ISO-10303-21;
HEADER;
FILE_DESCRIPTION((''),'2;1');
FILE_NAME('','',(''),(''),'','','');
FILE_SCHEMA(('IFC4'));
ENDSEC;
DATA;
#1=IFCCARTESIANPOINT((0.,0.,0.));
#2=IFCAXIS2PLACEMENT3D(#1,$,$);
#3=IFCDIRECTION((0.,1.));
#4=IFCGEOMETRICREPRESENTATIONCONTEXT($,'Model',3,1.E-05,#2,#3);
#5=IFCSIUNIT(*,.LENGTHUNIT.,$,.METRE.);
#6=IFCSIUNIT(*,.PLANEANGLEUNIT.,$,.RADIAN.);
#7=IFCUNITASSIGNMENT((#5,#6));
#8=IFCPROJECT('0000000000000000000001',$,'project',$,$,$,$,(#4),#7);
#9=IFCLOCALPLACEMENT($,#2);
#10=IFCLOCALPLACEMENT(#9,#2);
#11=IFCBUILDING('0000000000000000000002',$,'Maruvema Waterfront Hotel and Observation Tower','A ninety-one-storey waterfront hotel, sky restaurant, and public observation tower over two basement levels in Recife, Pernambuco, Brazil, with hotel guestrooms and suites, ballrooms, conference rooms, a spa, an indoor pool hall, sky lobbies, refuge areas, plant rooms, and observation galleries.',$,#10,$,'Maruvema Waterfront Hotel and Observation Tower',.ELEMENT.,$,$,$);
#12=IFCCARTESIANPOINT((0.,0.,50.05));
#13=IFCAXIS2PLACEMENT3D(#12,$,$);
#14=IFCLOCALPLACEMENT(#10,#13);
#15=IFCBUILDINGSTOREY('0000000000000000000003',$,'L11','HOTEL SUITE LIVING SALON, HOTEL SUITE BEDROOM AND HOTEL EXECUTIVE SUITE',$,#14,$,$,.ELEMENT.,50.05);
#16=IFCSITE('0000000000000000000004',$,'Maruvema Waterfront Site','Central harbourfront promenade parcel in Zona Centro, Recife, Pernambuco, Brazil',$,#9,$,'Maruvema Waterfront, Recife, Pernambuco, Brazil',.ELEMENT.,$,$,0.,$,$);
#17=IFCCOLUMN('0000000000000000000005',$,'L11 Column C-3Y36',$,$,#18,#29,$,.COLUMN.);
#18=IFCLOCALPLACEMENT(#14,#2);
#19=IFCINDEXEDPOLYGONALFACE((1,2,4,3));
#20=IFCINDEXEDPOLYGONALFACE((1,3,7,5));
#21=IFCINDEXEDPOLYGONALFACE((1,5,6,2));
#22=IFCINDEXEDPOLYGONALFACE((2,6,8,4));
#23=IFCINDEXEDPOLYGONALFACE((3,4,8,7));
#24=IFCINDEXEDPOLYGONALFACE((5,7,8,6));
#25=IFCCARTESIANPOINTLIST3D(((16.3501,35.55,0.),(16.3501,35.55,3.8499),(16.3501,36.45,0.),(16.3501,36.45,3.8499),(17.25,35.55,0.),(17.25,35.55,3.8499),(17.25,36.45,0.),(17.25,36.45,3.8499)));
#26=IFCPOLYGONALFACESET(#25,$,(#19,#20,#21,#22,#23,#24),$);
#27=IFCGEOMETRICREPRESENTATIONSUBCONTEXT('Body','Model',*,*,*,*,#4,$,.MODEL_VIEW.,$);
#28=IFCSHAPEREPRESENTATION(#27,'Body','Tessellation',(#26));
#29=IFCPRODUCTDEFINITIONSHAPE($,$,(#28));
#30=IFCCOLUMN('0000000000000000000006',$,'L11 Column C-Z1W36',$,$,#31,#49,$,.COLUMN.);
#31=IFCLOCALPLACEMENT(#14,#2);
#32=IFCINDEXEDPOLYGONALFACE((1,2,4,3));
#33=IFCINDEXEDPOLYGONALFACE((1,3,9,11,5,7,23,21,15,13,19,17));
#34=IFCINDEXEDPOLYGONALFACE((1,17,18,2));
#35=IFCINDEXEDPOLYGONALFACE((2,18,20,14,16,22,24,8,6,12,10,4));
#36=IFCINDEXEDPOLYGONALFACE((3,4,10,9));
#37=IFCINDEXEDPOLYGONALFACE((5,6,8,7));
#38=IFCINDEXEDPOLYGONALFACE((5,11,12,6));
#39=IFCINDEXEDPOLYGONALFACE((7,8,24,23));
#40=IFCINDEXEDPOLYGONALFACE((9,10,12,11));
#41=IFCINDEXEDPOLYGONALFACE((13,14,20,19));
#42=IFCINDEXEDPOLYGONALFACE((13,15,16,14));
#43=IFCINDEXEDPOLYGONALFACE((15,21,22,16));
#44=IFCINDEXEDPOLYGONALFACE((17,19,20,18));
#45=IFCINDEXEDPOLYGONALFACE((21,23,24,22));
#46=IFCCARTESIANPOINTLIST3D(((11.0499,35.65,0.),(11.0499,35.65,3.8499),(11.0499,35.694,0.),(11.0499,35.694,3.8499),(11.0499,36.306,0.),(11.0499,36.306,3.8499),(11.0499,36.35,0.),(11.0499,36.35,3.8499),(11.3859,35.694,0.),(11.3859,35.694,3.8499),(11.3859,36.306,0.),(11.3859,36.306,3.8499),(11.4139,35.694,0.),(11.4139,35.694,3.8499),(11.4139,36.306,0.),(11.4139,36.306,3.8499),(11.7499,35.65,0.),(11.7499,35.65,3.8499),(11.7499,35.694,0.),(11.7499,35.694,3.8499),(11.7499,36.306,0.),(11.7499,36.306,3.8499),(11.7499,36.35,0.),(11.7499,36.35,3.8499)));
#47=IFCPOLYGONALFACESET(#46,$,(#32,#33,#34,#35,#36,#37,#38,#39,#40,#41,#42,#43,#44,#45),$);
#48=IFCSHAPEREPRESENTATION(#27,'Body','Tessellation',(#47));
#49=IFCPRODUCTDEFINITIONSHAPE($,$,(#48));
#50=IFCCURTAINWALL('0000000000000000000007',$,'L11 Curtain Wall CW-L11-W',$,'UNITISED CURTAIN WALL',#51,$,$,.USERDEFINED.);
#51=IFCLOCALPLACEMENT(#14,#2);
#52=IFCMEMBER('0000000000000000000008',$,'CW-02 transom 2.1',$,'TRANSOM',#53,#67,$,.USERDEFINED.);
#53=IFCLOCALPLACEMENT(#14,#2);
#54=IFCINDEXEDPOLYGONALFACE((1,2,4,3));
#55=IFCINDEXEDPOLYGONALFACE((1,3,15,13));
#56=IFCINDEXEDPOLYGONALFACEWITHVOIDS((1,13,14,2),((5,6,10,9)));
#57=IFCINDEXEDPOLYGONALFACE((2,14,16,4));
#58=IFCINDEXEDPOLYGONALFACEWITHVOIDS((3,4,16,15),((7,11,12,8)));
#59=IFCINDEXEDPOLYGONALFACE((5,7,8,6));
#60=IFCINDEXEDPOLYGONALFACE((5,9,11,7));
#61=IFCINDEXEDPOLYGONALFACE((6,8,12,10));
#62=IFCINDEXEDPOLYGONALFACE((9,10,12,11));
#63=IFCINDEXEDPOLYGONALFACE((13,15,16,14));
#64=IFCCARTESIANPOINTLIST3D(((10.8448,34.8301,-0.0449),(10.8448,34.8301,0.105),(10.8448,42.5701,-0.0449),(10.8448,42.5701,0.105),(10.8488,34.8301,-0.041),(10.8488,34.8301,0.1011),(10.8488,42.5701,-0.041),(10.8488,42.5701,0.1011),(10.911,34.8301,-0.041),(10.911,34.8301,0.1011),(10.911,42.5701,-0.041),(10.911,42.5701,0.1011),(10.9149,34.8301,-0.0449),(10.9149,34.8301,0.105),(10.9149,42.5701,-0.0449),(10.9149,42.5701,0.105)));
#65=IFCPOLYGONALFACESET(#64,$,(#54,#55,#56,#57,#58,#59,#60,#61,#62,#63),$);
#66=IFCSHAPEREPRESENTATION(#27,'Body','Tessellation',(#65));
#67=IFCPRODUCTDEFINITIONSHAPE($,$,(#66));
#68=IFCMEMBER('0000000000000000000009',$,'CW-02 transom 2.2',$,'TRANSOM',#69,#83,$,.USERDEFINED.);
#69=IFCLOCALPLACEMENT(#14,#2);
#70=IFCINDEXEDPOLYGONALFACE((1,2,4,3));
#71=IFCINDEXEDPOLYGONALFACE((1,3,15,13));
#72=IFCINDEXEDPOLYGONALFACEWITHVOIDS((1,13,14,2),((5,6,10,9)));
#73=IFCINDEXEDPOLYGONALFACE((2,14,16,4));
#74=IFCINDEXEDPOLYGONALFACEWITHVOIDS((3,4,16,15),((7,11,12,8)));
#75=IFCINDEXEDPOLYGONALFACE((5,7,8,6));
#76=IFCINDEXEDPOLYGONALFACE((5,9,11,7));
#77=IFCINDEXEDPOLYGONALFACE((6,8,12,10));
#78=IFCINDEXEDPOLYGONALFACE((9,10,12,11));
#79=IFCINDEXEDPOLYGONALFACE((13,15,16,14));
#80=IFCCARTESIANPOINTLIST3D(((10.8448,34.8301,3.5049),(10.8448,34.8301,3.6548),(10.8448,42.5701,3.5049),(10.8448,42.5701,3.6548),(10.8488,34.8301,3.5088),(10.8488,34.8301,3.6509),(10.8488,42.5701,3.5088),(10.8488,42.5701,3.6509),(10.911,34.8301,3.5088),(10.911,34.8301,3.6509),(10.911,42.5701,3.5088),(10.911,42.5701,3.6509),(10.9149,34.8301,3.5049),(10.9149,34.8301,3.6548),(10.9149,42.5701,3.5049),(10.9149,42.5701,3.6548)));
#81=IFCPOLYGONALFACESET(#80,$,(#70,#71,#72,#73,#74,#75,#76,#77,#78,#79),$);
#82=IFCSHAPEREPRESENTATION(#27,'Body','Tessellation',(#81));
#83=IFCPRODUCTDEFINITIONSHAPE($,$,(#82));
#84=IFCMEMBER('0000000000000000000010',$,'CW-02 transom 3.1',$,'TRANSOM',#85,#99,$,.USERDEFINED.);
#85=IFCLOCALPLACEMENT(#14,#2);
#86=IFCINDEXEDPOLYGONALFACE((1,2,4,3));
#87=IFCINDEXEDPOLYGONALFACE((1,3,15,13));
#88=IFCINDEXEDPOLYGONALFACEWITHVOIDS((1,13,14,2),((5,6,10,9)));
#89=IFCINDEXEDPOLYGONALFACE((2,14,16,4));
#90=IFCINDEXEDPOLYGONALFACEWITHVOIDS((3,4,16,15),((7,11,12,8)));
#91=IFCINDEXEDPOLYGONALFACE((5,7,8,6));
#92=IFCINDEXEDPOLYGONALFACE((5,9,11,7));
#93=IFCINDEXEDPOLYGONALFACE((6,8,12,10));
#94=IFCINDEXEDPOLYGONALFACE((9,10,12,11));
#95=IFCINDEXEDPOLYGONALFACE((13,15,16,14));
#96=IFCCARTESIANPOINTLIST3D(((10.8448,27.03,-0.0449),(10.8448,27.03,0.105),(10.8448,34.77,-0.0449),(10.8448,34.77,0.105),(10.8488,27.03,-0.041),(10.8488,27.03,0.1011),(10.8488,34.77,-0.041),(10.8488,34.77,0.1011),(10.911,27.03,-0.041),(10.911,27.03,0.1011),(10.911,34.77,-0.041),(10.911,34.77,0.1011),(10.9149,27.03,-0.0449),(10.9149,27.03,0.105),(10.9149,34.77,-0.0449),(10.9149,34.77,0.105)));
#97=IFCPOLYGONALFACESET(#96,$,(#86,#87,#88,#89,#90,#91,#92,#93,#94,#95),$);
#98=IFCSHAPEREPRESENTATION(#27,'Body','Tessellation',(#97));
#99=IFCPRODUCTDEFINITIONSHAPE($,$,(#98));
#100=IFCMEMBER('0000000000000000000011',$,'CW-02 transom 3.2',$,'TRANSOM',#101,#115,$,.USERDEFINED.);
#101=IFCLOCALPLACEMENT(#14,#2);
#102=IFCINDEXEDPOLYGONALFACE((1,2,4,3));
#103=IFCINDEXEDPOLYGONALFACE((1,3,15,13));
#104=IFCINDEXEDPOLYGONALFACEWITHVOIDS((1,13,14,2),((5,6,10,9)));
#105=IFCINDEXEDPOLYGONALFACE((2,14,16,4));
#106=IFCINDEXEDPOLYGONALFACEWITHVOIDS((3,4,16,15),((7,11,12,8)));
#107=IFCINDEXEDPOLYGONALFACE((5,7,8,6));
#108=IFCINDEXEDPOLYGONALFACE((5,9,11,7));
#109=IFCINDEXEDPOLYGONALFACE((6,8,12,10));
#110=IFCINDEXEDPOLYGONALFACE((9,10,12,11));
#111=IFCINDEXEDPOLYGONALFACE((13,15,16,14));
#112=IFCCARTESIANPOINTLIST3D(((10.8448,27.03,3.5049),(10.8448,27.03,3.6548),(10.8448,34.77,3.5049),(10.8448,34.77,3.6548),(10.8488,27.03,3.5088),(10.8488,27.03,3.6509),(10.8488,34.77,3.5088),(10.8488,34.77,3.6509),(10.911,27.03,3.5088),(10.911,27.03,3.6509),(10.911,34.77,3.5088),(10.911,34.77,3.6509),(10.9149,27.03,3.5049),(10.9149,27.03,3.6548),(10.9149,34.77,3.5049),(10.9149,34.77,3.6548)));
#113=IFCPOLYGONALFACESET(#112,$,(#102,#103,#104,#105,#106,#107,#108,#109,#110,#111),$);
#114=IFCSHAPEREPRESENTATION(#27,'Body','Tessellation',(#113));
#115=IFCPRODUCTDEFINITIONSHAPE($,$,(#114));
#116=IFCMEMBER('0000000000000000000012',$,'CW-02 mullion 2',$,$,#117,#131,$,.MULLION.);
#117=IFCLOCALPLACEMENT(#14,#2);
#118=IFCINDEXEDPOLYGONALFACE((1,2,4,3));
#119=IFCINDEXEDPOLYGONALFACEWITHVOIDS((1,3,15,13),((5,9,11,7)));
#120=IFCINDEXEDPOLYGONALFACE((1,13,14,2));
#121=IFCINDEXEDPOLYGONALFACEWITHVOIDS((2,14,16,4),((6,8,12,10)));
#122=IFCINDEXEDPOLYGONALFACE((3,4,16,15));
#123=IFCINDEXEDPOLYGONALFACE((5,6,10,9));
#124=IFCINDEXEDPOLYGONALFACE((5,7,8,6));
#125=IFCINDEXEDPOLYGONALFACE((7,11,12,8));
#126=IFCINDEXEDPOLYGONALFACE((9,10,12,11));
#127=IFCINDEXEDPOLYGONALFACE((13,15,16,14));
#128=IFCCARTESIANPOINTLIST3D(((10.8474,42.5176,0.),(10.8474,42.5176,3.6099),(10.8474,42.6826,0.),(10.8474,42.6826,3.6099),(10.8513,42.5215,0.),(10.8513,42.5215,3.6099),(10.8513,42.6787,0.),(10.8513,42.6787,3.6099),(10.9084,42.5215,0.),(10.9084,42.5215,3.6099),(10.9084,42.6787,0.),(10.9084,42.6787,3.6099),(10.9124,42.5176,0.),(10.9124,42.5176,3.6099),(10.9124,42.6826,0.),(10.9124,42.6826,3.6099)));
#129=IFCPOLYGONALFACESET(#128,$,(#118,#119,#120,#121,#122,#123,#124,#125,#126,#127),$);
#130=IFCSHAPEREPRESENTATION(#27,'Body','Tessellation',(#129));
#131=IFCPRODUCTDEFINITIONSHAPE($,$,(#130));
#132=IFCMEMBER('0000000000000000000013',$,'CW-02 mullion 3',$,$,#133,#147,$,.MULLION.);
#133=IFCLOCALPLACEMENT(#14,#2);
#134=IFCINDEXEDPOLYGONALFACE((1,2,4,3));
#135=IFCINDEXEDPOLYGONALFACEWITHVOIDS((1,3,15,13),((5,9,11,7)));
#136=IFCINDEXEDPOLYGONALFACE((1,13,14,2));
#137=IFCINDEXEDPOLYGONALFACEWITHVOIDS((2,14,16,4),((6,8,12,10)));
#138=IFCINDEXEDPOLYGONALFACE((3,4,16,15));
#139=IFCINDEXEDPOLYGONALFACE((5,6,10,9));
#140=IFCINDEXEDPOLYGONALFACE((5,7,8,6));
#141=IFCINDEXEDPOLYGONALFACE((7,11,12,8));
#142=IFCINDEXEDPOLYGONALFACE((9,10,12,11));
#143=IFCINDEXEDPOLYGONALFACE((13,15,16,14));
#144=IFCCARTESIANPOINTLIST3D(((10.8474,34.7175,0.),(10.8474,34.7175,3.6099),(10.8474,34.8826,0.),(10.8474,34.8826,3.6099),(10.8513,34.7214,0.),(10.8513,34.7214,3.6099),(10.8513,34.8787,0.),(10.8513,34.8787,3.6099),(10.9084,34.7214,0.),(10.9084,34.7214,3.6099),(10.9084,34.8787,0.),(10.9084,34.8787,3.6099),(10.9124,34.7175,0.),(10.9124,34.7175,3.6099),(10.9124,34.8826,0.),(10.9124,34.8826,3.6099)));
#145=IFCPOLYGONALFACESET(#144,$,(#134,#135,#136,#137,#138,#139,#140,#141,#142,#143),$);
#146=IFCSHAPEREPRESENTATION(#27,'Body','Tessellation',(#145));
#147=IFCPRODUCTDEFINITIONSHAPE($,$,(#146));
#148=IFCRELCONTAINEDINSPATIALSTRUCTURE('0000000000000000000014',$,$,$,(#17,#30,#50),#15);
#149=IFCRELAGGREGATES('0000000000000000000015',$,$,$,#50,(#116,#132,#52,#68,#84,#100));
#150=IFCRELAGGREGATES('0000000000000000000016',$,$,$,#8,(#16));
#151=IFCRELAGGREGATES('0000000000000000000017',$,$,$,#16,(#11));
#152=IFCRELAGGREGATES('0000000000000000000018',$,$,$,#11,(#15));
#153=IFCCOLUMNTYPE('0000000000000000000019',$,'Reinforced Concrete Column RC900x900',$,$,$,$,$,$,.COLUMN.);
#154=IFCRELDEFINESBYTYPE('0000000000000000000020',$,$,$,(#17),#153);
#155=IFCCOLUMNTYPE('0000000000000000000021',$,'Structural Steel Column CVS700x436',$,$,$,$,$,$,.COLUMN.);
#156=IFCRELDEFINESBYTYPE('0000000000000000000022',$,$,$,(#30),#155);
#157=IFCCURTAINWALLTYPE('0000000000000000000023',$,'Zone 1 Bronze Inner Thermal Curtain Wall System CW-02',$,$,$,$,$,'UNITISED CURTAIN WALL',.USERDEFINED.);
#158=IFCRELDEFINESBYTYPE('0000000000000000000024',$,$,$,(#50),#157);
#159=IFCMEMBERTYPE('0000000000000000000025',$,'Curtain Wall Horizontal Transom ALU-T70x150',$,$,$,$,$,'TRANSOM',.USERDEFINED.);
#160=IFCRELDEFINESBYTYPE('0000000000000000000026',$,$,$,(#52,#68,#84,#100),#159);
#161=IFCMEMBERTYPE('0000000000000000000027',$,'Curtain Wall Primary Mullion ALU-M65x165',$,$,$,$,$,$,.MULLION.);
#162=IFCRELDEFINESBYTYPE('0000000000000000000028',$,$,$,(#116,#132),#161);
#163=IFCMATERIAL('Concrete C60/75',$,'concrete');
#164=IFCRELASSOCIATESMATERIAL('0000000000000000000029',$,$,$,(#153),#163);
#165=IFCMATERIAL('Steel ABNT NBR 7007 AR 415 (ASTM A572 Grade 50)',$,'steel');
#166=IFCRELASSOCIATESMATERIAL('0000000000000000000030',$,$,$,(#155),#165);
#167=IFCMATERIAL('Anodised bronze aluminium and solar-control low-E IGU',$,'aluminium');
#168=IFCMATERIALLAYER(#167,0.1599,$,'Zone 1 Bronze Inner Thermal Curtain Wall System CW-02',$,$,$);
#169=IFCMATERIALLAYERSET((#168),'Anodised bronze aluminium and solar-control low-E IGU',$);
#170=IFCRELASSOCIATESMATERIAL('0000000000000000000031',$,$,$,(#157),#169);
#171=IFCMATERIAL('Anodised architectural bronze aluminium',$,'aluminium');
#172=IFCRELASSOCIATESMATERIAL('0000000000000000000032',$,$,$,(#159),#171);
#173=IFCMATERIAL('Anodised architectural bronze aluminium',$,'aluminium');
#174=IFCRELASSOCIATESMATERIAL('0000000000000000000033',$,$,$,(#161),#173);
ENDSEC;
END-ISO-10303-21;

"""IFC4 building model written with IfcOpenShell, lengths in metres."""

from ifc_helpers import new_model, si_unit, direction, frame, origin, origin_2d, place, context, subcontext, project, spatial, rectangle, hollow_rectangle, i_section, extrude, material, layer, layer_set, material_profile, profile_set, type_object, element, aggregate, save


model = new_model("IFC4")

# Units and contexts
model_context = context("Model", 3, precision=1e-05, world=origin(), true_north=direction((0.0, 1.0)))
body_context = subcontext(model_context, "Body", "Model", "MODEL_VIEW")
ifc_project = project(units=[si_unit("LENGTHUNIT", "METRE"), si_unit("PLANEANGLEUNIT", "RADIAN")], contexts=[model_context])

# Site, building, storey
site_placement = place(None, origin())
site = spatial("IfcSite", under=ifc_project, at=site_placement, Name="Maruvema Waterfront Site", Description="Central harbourfront promenade parcel in Zona Centro, Recife, Pernambuco, Brazil", LongName="Maruvema Waterfront, Recife, Pernambuco, Brazil", CompositionType="ELEMENT", RefElevation=0.0)
building_placement = place(site_placement, origin())
building = spatial("IfcBuilding", under=site, at=building_placement, Name="Maruvema Waterfront Hotel and Observation Tower", Description="A ninety-one-storey waterfront hotel, sky restaurant, and public observation tower over two basement levels in Recife, Pernambuco, Brazil, with hotel guestrooms and suites, ballrooms, conference rooms, a spa, an indoor pool hall, sky lobbies, refuge areas, plant rooms, and observation galleries.", LongName="Maruvema Waterfront Hotel and Observation Tower", CompositionType="ELEMENT")
storey_placement = place(building_placement, frame((0.0, 0.0, 50.05)))
storey = spatial("IfcBuildingStorey", under=building, at=storey_placement, Name="L11", Description="HOTEL SUITE LIVING SALON, HOTEL SUITE BEDROOM AND HOTEL EXECUTIVE SUITE", CompositionType="ELEMENT", Elevation=50.05)

# Columns
ifc_material_1 = material(Name="Concrete C60/75", Category="concrete")
ifc_material_profile_1 = material_profile(ifc_material_1, rectangle(XDim=0.8999, YDim=0.8999, at=origin_2d()), Name="RC900x900")
ifc_profile_set_1 = profile_set([ifc_material_profile_1], Name="Concrete C60/75")
column_type_1 = type_object("IfcColumnType", Name="Reinforced Concrete Column RC900x900", PredefinedType="COLUMN", material=ifc_profile_set_1)
column_1_placement = place(storey_placement, frame((16.8, 36.0, 0.0), z_axis=(0.0, 0.0, 1.0), x_axis=(1.0, 0.0, 0.0)))
element("IfcColumn", 1, at=column_1_placement, inside=storey, type_object=column_type_1, Name="L11 Column C-3Y36", PredefinedType="COLUMN", context=body_context, shape_type="SweptSolid", body=[
    extrude(rectangle(XDim=0.8999, YDim=0.8999, at=origin_2d()), origin(), (0.0, 0.0, 1.0), 3.8499),
])
ifc_material_2 = material(Name="Steel ABNT NBR 7007 AR 415 (ASTM A572 Grade 50)", Category="steel")
ifc_material_profile_2 = material_profile(ifc_material_2, i_section(OverallWidth=0.7, OverallDepth=0.7, WebThickness=0.0281, FlangeThickness=0.0439, at=origin_2d()), Name="CVS700x436")
ifc_profile_set_2 = profile_set([ifc_material_profile_2], Name="Steel ABNT NBR 7007 AR 415 (ASTM A572 Grade 50)")
column_type_2 = type_object("IfcColumnType", Name="Structural Steel Column CVS700x436", PredefinedType="COLUMN", material=ifc_profile_set_2)
column_2_placement = place(storey_placement, frame((11.3999, 36.0, 0.0), z_axis=(0.0, 0.0, 1.0), x_axis=(1.0, 0.0, 0.0)))
element("IfcColumn", 2, at=column_2_placement, inside=storey, type_object=column_type_2, Name="L11 Column C-Z1W36", PredefinedType="COLUMN", context=body_context, shape_type="SweptSolid", body=[
    extrude(i_section(OverallWidth=0.7, OverallDepth=0.7, WebThickness=0.0281, FlangeThickness=0.0439, at=origin_2d()), origin(), (0.0, 0.0, 1.0), 3.8499),
])

# Curtain wall, members
ifc_material_3 = material(Name="Anodised bronze aluminium and solar-control low-E IGU", Category="aluminium")
ifc_layer_1 = layer(ifc_material_3, 0.1599, Name="Zone 1 Bronze Inner Thermal Curtain Wall System CW-02")
ifc_layer_set_1 = layer_set([ifc_layer_1], Name="Anodised bronze aluminium and solar-control low-E IGU")
curtain_wall_type = type_object("IfcCurtainWallType", Name="Zone 1 Bronze Inner Thermal Curtain Wall System CW-02", ElementType="UNITISED CURTAIN WALL", PredefinedType="USERDEFINED", material=ifc_layer_set_1)
curtain_wall_placement = place(storey_placement, origin())
curtain_wall = element("IfcCurtainWall", 3, at=curtain_wall_placement, inside=storey, type_object=curtain_wall_type, Name="L11 Curtain Wall CW-L11-W", ObjectType="UNITISED CURTAIN WALL", PredefinedType="USERDEFINED")
ifc_material_4 = material(Name="Anodised architectural bronze aluminium", Category="aluminium")
ifc_material_profile_3 = material_profile(ifc_material_4, hollow_rectangle(XDim=0.0701, YDim=0.1499, WallThickness=0.0039, at=origin_2d()), Name="ALU-T70x150")
ifc_profile_set_3 = profile_set([ifc_material_profile_3], Name="Anodised architectural bronze aluminium")
member_type_1 = type_object("IfcMemberType", Name="Curtain Wall Horizontal Transom ALU-T70x150", ElementType="TRANSOM", PredefinedType="USERDEFINED", material=ifc_profile_set_3)
member_1_placement = place(storey_placement, frame((10.8799, 42.5701, 0.03), z_axis=(0.0, -1.0, 0.0), x_axis=(1.0, 0.0, 0.0)))
member_1 = element("IfcMember", 4, at=member_1_placement, type_object=member_type_1, Name="CW-02 transom 2.1", ObjectType="TRANSOM", PredefinedType="USERDEFINED", context=body_context, shape_type="SweptSolid", body=[
    extrude(hollow_rectangle(XDim=0.0701, YDim=0.1499, WallThickness=0.0039, at=origin_2d()), origin(), (0.0, 0.0, 1.0), 7.74),
])
member_2_placement = place(storey_placement, frame((10.8799, 42.5701, 3.5798), z_axis=(0.0, -1.0, 0.0), x_axis=(1.0, 0.0, 0.0)))
member_2 = element("IfcMember", 5, at=member_2_placement, type_object=member_type_1, Name="CW-02 transom 2.2", ObjectType="TRANSOM", PredefinedType="USERDEFINED", context=body_context, shape_type="SweptSolid", body=[
    extrude(hollow_rectangle(XDim=0.0701, YDim=0.1499, WallThickness=0.0039, at=origin_2d()), origin(), (0.0, 0.0, 1.0), 7.74),
])
member_3_placement = place(storey_placement, frame((10.8799, 34.77, 0.03), z_axis=(0.0, -1.0, 0.0), x_axis=(1.0, 0.0, 0.0)))
member_3 = element("IfcMember", 6, at=member_3_placement, type_object=member_type_1, Name="CW-02 transom 3.1", ObjectType="TRANSOM", PredefinedType="USERDEFINED", context=body_context, shape_type="SweptSolid", body=[
    extrude(hollow_rectangle(XDim=0.0701, YDim=0.1499, WallThickness=0.0039, at=origin_2d()), origin(), (0.0, 0.0, 1.0), 7.74),
])
member_4_placement = place(storey_placement, frame((10.8799, 34.77, 3.5798), z_axis=(0.0, -1.0, 0.0), x_axis=(1.0, 0.0, 0.0)))
member_4 = element("IfcMember", 7, at=member_4_placement, type_object=member_type_1, Name="CW-02 transom 3.2", ObjectType="TRANSOM", PredefinedType="USERDEFINED", context=body_context, shape_type="SweptSolid", body=[
    extrude(hollow_rectangle(XDim=0.0701, YDim=0.1499, WallThickness=0.0039, at=origin_2d()), origin(), (0.0, 0.0, 1.0), 7.74),
])
ifc_material_5 = material(Name="Anodised architectural bronze aluminium", Category="aluminium")
ifc_material_profile_4 = material_profile(ifc_material_5, hollow_rectangle(XDim=0.0649, YDim=0.165, WallThickness=0.0039, at=origin_2d()), Name="ALU-M65x165")
ifc_profile_set_4 = profile_set([ifc_material_profile_4], Name="Anodised architectural bronze aluminium")
member_type_2 = type_object("IfcMemberType", Name="Curtain Wall Primary Mullion ALU-M65x165", PredefinedType="MULLION", material=ifc_profile_set_4)
member_5_placement = place(storey_placement, frame((10.8799, 42.6001, 0.0), z_axis=(0.0, 0.0, 1.0), x_axis=(1.0, 0.0, 0.0)))
member_5 = element("IfcMember", 8, at=member_5_placement, type_object=member_type_2, Name="CW-02 mullion 2", PredefinedType="MULLION", context=body_context, shape_type="SweptSolid", body=[
    extrude(hollow_rectangle(XDim=0.0649, YDim=0.165, WallThickness=0.0039, at=origin_2d()), origin(), (0.0, 0.0, 1.0), 3.6099),
])
member_6_placement = place(storey_placement, frame((10.8799, 34.8, 0.0), z_axis=(0.0, 0.0, 1.0), x_axis=(1.0, 0.0, 0.0)))
member_6 = element("IfcMember", 9, at=member_6_placement, type_object=member_type_2, Name="CW-02 mullion 3", PredefinedType="MULLION", context=body_context, shape_type="SweptSolid", body=[
    extrude(hollow_rectangle(XDim=0.0649, YDim=0.165, WallThickness=0.0039, at=origin_2d()), origin(), (0.0, 0.0, 1.0), 3.6099),
])

aggregate(curtain_wall, [member_5, member_6, member_1, member_2, member_3, member_4])

save(model, "model.ifc")
